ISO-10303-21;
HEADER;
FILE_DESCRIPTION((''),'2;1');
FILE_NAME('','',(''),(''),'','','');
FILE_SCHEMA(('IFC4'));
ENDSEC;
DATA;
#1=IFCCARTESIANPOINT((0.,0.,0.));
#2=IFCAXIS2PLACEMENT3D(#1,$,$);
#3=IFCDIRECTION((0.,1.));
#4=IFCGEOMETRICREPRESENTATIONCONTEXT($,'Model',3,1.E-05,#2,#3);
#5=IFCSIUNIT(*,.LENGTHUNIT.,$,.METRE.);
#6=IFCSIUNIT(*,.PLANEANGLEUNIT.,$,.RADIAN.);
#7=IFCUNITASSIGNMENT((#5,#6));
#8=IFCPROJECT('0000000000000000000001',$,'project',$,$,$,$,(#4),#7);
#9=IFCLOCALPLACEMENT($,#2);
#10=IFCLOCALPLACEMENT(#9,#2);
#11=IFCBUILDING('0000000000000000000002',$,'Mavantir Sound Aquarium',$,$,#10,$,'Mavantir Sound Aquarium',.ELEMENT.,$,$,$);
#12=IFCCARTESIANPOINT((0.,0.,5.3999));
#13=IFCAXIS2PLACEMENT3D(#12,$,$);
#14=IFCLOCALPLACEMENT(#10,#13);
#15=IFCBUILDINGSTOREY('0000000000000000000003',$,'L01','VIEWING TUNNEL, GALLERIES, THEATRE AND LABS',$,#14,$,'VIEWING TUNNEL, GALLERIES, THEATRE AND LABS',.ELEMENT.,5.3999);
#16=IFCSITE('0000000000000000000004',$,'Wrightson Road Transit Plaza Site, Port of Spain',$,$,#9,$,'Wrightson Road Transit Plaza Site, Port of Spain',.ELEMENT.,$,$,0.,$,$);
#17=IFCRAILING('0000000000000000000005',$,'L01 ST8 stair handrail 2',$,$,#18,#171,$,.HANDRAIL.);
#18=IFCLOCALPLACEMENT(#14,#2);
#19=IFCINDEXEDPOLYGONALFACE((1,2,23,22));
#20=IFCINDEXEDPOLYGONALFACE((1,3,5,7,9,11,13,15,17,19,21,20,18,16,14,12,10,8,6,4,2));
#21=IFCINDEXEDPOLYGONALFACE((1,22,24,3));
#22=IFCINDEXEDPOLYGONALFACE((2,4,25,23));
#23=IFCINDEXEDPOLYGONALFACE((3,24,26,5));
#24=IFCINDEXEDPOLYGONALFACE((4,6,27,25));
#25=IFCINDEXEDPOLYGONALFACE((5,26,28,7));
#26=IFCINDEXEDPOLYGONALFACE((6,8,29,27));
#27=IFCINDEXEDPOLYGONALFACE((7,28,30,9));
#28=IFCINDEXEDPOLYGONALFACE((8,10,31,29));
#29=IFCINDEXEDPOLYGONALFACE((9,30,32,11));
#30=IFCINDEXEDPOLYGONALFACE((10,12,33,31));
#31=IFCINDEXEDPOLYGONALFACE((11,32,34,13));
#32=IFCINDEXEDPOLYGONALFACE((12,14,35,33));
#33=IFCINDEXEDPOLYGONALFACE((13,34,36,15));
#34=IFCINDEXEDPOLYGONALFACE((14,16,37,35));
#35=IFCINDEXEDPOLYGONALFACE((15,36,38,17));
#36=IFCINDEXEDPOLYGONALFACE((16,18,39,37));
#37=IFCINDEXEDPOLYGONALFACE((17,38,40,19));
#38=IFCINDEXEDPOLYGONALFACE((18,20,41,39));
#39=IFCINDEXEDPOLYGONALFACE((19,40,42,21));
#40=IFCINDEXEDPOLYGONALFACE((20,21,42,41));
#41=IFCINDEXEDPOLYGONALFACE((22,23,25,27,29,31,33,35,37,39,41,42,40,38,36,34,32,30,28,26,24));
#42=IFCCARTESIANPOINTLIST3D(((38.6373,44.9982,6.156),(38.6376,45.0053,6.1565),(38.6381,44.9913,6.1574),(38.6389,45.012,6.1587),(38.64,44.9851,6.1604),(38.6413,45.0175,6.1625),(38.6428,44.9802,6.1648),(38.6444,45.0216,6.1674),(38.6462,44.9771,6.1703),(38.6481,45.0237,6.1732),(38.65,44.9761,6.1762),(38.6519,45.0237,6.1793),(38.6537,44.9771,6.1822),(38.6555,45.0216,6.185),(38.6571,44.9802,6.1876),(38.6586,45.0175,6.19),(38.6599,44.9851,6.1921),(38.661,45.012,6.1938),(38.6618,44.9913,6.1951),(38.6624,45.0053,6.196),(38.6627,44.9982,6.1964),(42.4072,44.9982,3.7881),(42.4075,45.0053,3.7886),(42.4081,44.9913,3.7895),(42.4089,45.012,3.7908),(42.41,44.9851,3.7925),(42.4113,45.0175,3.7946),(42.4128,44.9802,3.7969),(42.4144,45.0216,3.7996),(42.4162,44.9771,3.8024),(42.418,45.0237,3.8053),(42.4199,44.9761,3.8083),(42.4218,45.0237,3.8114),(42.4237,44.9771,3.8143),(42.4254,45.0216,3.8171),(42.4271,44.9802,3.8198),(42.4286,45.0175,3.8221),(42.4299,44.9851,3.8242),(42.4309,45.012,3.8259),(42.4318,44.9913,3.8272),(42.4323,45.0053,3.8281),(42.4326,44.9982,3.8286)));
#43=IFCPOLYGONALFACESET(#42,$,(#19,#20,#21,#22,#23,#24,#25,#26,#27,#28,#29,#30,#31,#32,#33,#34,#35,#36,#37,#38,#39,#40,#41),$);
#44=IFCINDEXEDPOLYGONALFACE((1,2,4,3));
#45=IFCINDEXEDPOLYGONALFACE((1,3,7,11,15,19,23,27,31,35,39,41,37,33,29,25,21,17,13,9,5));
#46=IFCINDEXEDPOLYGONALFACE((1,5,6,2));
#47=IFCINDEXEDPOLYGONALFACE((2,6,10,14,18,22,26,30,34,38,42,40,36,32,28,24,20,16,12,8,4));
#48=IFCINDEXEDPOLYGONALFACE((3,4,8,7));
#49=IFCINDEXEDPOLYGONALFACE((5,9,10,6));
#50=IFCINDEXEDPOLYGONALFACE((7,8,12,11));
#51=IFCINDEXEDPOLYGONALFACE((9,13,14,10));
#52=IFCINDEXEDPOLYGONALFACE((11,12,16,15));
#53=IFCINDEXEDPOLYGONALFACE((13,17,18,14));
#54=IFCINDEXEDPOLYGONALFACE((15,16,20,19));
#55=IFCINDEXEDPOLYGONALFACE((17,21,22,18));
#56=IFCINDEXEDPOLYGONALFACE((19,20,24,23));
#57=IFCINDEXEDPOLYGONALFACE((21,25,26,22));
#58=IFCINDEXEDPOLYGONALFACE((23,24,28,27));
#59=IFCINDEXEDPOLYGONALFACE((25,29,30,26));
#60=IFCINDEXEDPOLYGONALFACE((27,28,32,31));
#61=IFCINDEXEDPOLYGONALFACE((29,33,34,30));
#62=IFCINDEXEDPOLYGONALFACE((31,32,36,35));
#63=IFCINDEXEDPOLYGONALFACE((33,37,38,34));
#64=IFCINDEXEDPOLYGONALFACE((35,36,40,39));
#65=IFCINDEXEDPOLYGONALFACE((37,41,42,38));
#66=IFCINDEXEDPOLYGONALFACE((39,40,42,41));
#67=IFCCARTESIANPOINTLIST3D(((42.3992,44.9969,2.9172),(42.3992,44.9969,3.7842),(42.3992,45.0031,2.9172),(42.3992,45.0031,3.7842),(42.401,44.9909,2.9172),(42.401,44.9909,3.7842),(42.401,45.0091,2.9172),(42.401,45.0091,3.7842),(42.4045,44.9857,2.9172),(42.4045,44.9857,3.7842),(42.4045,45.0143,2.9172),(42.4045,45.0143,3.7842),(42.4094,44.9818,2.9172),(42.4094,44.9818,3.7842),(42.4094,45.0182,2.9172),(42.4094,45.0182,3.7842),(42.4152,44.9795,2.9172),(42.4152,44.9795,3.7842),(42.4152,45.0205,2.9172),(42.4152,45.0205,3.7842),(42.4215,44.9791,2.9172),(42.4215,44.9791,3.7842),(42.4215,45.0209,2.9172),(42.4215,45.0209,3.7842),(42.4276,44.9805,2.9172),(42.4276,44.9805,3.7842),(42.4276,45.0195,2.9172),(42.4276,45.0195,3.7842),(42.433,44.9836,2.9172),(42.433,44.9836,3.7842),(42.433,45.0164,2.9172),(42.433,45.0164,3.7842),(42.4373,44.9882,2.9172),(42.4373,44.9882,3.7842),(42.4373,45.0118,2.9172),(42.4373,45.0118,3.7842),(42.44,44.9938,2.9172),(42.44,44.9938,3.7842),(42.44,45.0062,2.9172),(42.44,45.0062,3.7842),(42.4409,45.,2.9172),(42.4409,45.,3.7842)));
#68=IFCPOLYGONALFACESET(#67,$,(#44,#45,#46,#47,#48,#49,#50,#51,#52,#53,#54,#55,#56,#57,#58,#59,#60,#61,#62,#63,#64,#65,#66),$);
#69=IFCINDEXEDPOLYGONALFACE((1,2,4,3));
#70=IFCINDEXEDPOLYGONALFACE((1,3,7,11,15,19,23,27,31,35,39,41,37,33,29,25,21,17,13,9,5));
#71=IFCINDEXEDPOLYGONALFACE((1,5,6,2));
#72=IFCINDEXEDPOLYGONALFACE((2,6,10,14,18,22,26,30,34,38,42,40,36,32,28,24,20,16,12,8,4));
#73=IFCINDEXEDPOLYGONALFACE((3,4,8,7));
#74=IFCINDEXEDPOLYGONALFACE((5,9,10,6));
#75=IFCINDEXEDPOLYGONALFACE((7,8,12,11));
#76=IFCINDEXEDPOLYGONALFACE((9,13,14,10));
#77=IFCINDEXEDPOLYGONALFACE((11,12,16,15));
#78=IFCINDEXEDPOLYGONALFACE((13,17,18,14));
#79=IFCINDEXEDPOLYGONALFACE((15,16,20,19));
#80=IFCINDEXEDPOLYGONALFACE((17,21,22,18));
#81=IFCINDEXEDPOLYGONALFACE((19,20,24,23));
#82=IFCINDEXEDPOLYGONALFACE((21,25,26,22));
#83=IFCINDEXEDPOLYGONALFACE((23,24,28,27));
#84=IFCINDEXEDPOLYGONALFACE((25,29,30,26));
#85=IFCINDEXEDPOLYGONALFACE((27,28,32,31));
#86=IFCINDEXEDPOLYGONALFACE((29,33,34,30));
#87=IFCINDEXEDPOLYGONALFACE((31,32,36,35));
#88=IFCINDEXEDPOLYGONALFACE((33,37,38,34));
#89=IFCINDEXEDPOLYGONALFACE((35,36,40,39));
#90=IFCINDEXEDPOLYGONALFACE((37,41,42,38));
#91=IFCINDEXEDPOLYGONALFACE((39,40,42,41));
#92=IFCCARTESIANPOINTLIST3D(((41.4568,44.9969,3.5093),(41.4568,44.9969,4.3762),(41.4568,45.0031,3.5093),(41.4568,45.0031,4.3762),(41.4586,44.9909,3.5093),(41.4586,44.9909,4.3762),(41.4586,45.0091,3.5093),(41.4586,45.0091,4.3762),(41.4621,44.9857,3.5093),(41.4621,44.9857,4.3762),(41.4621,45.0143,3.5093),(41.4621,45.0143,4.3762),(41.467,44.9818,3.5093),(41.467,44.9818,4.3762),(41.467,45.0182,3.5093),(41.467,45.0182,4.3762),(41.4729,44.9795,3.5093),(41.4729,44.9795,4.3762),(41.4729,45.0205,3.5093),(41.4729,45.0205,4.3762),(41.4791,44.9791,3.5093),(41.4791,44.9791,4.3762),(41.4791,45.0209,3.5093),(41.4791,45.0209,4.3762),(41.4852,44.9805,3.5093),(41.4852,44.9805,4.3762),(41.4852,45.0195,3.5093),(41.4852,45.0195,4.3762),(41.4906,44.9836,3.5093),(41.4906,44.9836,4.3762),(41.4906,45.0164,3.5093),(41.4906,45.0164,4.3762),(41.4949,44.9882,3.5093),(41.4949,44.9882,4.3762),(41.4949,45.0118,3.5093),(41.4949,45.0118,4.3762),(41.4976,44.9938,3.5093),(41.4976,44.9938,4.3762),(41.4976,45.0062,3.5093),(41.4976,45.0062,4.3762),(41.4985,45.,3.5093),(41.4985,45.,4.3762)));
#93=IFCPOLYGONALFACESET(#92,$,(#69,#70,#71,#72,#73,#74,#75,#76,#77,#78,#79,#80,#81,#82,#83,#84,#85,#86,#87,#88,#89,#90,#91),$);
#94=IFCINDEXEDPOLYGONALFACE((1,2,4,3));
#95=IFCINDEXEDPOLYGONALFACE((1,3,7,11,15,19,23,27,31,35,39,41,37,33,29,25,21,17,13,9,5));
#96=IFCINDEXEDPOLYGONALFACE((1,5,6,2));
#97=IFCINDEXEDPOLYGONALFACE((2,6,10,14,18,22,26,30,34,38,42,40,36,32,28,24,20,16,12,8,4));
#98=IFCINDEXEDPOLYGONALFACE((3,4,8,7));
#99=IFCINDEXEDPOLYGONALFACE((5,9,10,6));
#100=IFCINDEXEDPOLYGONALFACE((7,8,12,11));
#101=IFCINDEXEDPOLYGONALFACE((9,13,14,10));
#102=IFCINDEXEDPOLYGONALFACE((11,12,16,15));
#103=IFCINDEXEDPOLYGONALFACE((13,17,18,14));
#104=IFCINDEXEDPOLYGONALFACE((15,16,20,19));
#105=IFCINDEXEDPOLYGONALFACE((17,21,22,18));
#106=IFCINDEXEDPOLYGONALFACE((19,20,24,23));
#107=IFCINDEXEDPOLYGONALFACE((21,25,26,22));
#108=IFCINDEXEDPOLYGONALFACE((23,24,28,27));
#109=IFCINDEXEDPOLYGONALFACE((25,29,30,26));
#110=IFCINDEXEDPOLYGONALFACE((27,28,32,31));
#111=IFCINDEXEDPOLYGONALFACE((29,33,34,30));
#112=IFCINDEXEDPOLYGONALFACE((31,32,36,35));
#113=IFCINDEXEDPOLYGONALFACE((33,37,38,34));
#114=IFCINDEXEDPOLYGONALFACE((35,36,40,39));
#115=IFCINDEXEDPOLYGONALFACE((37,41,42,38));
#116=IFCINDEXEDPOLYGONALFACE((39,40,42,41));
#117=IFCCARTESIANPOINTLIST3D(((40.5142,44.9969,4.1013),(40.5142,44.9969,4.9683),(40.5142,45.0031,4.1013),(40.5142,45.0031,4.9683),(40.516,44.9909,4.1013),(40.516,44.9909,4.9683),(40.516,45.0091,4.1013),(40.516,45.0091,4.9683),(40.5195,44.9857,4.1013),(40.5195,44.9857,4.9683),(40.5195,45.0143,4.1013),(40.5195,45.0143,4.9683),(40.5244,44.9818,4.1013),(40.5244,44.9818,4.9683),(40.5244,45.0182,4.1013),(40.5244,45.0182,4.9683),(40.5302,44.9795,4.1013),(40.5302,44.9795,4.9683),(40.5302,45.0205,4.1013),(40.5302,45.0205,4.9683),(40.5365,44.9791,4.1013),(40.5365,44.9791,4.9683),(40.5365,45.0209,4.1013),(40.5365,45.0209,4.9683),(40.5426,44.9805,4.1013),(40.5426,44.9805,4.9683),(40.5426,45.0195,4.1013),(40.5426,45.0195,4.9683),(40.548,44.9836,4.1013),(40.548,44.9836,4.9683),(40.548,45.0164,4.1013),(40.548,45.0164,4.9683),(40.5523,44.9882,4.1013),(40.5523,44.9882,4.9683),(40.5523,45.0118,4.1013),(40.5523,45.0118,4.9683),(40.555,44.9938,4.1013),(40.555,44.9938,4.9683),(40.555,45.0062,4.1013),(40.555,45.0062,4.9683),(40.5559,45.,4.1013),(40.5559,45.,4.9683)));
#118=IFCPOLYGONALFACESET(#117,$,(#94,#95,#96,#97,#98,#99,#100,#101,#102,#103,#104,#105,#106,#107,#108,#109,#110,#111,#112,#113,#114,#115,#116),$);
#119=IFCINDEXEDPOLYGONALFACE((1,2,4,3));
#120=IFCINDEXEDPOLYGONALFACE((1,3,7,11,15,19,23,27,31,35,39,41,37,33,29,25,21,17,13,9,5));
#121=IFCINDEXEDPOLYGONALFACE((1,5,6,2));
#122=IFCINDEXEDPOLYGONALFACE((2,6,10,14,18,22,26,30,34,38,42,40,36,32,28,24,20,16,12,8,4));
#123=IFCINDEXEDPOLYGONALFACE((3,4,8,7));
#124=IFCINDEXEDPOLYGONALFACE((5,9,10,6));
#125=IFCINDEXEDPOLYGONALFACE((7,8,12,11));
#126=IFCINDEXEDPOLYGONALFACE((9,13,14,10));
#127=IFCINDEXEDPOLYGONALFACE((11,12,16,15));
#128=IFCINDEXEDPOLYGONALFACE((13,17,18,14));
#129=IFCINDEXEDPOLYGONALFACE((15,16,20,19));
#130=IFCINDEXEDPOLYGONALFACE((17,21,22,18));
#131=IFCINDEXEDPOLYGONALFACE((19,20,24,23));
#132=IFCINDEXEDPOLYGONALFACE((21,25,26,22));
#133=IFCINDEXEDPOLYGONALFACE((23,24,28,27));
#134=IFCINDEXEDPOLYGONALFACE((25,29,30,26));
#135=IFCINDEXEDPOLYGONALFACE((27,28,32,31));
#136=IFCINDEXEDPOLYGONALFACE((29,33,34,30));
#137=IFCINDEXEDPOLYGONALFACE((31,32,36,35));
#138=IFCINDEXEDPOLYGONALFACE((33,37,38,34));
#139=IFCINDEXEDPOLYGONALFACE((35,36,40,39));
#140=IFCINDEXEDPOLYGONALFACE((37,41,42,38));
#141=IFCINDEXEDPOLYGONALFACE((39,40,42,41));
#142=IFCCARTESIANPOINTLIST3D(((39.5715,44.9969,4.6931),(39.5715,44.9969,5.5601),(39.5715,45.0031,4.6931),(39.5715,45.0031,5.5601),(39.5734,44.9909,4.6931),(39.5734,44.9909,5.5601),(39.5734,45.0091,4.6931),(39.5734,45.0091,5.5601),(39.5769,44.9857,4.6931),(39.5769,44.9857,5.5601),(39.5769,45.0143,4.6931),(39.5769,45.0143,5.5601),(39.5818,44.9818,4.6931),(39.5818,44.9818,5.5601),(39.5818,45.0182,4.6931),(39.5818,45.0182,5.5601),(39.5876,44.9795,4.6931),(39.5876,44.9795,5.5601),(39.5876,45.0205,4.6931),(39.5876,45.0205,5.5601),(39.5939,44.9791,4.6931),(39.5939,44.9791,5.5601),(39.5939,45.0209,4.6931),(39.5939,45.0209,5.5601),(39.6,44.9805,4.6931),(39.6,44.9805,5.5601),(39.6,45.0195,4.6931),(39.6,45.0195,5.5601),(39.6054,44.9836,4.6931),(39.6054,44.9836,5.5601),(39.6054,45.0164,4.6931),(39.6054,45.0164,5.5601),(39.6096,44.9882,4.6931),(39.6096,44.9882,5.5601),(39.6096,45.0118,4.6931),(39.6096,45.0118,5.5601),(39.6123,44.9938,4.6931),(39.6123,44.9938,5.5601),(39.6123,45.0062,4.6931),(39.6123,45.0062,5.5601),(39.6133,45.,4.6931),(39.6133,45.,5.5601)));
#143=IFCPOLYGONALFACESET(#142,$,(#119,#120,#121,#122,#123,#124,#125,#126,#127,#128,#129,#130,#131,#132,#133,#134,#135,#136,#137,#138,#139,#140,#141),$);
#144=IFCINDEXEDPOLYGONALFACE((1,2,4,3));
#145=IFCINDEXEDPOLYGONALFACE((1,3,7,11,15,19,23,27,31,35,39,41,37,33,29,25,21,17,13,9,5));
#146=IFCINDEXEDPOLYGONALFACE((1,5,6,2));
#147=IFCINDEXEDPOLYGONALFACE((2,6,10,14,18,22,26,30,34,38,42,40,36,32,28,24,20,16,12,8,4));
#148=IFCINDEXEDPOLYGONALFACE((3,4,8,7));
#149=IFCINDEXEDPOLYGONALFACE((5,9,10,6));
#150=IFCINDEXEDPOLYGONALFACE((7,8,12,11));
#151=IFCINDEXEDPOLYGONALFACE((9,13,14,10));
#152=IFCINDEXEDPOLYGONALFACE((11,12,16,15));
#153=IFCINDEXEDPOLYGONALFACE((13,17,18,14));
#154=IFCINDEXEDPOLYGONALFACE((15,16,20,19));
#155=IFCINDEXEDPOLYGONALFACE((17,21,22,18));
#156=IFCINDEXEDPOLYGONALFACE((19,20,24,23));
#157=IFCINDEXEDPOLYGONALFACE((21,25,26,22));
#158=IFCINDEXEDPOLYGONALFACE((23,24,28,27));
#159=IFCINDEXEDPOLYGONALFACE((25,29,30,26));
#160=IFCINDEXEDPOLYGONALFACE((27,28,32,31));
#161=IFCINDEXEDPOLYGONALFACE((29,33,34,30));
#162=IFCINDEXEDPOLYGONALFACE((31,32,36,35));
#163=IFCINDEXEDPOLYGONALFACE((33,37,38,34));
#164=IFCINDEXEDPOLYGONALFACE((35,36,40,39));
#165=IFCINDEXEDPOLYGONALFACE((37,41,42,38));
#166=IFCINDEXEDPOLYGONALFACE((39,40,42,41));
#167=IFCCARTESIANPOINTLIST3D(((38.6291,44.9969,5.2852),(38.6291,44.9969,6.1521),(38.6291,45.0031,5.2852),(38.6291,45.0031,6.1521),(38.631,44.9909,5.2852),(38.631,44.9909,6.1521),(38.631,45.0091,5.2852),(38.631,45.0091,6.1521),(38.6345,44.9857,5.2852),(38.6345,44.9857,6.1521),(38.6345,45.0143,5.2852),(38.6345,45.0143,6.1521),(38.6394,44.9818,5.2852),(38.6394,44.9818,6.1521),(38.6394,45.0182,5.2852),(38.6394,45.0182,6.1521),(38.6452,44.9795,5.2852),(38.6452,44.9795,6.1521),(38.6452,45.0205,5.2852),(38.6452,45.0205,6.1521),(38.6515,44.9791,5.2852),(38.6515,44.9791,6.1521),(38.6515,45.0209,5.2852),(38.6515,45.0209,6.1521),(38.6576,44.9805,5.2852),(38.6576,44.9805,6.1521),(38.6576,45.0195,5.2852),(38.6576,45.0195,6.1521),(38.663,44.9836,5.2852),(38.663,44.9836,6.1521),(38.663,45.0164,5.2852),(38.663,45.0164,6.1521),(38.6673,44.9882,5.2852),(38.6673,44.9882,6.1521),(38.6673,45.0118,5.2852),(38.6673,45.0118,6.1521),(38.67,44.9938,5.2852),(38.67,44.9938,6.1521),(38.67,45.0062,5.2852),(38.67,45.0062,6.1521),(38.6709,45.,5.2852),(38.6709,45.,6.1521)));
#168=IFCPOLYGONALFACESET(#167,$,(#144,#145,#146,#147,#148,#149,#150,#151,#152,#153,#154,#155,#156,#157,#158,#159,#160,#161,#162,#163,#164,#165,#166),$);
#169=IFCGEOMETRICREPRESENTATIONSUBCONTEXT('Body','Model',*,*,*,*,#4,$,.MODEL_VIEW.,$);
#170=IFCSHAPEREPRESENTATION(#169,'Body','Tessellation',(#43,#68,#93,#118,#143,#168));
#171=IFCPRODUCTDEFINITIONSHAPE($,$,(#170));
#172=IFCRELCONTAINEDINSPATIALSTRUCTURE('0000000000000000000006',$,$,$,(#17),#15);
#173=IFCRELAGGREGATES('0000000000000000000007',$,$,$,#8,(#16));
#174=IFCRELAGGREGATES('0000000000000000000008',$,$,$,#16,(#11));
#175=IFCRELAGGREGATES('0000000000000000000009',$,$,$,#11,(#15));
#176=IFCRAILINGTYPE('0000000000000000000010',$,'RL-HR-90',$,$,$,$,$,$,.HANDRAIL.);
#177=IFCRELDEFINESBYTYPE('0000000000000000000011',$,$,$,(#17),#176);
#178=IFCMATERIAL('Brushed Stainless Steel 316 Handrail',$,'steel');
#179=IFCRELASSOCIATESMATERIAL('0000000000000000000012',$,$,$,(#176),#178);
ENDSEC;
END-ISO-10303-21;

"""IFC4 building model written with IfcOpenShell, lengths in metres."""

from ifc_helpers import new_model, si_unit, direction, frame, origin, origin_2d, place, context, subcontext, project, spatial, circle, extrude, material, type_object, element, save


model = new_model("IFC4")

# Units and contexts
model_context = context("Model", 3, precision=1e-05, world=origin(), true_north=direction((0.0, 1.0)))
body_context = subcontext(model_context, "Body", "Model", "MODEL_VIEW")
ifc_project = project(units=[si_unit("LENGTHUNIT", "METRE"), si_unit("PLANEANGLEUNIT", "RADIAN")], contexts=[model_context])

# Site, building, storey
site_placement = place(None, origin())
site = spatial("IfcSite", under=ifc_project, at=site_placement, Name="Wrightson Road Transit Plaza Site, Port of Spain", LongName="Wrightson Road Transit Plaza Site, Port of Spain", CompositionType="ELEMENT", RefElevation=0.0)
building_placement = place(site_placement, origin())
building = spatial("IfcBuilding", under=site, at=building_placement, Name="Mavantir Sound Aquarium", LongName="Mavantir Sound Aquarium", CompositionType="ELEMENT")
storey_placement = place(building_placement, frame((0.0, 0.0, 5.3999)))
storey = spatial("IfcBuildingStorey", under=building, at=storey_placement, Name="L01", Description="VIEWING TUNNEL, GALLERIES, THEATRE AND LABS", LongName="VIEWING TUNNEL, GALLERIES, THEATRE AND LABS", CompositionType="ELEMENT", Elevation=5.3999)

# Railing
ifc_material_1 = material(Name="Brushed Stainless Steel 316 Handrail", Category="steel")
railing_type_1 = type_object("IfcRailingType", Name="RL-HR-90", PredefinedType="HANDRAIL", material=ifc_material_1)
railing_1_placement = place(storey_placement, frame((42.4199, 45.0, 2.9172)))
element("IfcRailing", 1, at=railing_1_placement, inside=storey, type_object=railing_type_1, Name="L01 ST8 stair handrail 2", PredefinedType="HANDRAIL", context=body_context, shape_type="SweptSolid", body=[
    extrude(circle(Radius=0.0239, at=origin_2d()), frame((0.0, 0.0, 0.8911), z_axis=(-0.846819, 0.0, 0.531881), x_axis=(0.0, -1.0, 0.0)), (0.0, 0.0, 1.0), 4.4519),
    extrude(circle(Radius=0.021, at=origin_2d()), origin(), (0.0, 0.0, 1.0), 0.8669),
    extrude(circle(Radius=0.021, at=origin_2d()), frame((-0.9424, 0.0, 0.592)), (0.0, 0.0, 1.0), 0.8669),
    extrude(circle(Radius=0.021, at=origin_2d()), frame((-1.885, 0.0, 1.1841)), (0.0, 0.0, 1.0), 0.8669),
    extrude(circle(Radius=0.021, at=origin_2d()), frame((-2.8276, 0.0, 1.7759)), (0.0, 0.0, 1.0), 0.8669),
    extrude(circle(Radius=0.021, at=origin_2d()), frame((-3.77, 0.0, 2.3679)), (0.0, 0.0, 1.0), 0.8669),
])

save(model, "model.ifc")
